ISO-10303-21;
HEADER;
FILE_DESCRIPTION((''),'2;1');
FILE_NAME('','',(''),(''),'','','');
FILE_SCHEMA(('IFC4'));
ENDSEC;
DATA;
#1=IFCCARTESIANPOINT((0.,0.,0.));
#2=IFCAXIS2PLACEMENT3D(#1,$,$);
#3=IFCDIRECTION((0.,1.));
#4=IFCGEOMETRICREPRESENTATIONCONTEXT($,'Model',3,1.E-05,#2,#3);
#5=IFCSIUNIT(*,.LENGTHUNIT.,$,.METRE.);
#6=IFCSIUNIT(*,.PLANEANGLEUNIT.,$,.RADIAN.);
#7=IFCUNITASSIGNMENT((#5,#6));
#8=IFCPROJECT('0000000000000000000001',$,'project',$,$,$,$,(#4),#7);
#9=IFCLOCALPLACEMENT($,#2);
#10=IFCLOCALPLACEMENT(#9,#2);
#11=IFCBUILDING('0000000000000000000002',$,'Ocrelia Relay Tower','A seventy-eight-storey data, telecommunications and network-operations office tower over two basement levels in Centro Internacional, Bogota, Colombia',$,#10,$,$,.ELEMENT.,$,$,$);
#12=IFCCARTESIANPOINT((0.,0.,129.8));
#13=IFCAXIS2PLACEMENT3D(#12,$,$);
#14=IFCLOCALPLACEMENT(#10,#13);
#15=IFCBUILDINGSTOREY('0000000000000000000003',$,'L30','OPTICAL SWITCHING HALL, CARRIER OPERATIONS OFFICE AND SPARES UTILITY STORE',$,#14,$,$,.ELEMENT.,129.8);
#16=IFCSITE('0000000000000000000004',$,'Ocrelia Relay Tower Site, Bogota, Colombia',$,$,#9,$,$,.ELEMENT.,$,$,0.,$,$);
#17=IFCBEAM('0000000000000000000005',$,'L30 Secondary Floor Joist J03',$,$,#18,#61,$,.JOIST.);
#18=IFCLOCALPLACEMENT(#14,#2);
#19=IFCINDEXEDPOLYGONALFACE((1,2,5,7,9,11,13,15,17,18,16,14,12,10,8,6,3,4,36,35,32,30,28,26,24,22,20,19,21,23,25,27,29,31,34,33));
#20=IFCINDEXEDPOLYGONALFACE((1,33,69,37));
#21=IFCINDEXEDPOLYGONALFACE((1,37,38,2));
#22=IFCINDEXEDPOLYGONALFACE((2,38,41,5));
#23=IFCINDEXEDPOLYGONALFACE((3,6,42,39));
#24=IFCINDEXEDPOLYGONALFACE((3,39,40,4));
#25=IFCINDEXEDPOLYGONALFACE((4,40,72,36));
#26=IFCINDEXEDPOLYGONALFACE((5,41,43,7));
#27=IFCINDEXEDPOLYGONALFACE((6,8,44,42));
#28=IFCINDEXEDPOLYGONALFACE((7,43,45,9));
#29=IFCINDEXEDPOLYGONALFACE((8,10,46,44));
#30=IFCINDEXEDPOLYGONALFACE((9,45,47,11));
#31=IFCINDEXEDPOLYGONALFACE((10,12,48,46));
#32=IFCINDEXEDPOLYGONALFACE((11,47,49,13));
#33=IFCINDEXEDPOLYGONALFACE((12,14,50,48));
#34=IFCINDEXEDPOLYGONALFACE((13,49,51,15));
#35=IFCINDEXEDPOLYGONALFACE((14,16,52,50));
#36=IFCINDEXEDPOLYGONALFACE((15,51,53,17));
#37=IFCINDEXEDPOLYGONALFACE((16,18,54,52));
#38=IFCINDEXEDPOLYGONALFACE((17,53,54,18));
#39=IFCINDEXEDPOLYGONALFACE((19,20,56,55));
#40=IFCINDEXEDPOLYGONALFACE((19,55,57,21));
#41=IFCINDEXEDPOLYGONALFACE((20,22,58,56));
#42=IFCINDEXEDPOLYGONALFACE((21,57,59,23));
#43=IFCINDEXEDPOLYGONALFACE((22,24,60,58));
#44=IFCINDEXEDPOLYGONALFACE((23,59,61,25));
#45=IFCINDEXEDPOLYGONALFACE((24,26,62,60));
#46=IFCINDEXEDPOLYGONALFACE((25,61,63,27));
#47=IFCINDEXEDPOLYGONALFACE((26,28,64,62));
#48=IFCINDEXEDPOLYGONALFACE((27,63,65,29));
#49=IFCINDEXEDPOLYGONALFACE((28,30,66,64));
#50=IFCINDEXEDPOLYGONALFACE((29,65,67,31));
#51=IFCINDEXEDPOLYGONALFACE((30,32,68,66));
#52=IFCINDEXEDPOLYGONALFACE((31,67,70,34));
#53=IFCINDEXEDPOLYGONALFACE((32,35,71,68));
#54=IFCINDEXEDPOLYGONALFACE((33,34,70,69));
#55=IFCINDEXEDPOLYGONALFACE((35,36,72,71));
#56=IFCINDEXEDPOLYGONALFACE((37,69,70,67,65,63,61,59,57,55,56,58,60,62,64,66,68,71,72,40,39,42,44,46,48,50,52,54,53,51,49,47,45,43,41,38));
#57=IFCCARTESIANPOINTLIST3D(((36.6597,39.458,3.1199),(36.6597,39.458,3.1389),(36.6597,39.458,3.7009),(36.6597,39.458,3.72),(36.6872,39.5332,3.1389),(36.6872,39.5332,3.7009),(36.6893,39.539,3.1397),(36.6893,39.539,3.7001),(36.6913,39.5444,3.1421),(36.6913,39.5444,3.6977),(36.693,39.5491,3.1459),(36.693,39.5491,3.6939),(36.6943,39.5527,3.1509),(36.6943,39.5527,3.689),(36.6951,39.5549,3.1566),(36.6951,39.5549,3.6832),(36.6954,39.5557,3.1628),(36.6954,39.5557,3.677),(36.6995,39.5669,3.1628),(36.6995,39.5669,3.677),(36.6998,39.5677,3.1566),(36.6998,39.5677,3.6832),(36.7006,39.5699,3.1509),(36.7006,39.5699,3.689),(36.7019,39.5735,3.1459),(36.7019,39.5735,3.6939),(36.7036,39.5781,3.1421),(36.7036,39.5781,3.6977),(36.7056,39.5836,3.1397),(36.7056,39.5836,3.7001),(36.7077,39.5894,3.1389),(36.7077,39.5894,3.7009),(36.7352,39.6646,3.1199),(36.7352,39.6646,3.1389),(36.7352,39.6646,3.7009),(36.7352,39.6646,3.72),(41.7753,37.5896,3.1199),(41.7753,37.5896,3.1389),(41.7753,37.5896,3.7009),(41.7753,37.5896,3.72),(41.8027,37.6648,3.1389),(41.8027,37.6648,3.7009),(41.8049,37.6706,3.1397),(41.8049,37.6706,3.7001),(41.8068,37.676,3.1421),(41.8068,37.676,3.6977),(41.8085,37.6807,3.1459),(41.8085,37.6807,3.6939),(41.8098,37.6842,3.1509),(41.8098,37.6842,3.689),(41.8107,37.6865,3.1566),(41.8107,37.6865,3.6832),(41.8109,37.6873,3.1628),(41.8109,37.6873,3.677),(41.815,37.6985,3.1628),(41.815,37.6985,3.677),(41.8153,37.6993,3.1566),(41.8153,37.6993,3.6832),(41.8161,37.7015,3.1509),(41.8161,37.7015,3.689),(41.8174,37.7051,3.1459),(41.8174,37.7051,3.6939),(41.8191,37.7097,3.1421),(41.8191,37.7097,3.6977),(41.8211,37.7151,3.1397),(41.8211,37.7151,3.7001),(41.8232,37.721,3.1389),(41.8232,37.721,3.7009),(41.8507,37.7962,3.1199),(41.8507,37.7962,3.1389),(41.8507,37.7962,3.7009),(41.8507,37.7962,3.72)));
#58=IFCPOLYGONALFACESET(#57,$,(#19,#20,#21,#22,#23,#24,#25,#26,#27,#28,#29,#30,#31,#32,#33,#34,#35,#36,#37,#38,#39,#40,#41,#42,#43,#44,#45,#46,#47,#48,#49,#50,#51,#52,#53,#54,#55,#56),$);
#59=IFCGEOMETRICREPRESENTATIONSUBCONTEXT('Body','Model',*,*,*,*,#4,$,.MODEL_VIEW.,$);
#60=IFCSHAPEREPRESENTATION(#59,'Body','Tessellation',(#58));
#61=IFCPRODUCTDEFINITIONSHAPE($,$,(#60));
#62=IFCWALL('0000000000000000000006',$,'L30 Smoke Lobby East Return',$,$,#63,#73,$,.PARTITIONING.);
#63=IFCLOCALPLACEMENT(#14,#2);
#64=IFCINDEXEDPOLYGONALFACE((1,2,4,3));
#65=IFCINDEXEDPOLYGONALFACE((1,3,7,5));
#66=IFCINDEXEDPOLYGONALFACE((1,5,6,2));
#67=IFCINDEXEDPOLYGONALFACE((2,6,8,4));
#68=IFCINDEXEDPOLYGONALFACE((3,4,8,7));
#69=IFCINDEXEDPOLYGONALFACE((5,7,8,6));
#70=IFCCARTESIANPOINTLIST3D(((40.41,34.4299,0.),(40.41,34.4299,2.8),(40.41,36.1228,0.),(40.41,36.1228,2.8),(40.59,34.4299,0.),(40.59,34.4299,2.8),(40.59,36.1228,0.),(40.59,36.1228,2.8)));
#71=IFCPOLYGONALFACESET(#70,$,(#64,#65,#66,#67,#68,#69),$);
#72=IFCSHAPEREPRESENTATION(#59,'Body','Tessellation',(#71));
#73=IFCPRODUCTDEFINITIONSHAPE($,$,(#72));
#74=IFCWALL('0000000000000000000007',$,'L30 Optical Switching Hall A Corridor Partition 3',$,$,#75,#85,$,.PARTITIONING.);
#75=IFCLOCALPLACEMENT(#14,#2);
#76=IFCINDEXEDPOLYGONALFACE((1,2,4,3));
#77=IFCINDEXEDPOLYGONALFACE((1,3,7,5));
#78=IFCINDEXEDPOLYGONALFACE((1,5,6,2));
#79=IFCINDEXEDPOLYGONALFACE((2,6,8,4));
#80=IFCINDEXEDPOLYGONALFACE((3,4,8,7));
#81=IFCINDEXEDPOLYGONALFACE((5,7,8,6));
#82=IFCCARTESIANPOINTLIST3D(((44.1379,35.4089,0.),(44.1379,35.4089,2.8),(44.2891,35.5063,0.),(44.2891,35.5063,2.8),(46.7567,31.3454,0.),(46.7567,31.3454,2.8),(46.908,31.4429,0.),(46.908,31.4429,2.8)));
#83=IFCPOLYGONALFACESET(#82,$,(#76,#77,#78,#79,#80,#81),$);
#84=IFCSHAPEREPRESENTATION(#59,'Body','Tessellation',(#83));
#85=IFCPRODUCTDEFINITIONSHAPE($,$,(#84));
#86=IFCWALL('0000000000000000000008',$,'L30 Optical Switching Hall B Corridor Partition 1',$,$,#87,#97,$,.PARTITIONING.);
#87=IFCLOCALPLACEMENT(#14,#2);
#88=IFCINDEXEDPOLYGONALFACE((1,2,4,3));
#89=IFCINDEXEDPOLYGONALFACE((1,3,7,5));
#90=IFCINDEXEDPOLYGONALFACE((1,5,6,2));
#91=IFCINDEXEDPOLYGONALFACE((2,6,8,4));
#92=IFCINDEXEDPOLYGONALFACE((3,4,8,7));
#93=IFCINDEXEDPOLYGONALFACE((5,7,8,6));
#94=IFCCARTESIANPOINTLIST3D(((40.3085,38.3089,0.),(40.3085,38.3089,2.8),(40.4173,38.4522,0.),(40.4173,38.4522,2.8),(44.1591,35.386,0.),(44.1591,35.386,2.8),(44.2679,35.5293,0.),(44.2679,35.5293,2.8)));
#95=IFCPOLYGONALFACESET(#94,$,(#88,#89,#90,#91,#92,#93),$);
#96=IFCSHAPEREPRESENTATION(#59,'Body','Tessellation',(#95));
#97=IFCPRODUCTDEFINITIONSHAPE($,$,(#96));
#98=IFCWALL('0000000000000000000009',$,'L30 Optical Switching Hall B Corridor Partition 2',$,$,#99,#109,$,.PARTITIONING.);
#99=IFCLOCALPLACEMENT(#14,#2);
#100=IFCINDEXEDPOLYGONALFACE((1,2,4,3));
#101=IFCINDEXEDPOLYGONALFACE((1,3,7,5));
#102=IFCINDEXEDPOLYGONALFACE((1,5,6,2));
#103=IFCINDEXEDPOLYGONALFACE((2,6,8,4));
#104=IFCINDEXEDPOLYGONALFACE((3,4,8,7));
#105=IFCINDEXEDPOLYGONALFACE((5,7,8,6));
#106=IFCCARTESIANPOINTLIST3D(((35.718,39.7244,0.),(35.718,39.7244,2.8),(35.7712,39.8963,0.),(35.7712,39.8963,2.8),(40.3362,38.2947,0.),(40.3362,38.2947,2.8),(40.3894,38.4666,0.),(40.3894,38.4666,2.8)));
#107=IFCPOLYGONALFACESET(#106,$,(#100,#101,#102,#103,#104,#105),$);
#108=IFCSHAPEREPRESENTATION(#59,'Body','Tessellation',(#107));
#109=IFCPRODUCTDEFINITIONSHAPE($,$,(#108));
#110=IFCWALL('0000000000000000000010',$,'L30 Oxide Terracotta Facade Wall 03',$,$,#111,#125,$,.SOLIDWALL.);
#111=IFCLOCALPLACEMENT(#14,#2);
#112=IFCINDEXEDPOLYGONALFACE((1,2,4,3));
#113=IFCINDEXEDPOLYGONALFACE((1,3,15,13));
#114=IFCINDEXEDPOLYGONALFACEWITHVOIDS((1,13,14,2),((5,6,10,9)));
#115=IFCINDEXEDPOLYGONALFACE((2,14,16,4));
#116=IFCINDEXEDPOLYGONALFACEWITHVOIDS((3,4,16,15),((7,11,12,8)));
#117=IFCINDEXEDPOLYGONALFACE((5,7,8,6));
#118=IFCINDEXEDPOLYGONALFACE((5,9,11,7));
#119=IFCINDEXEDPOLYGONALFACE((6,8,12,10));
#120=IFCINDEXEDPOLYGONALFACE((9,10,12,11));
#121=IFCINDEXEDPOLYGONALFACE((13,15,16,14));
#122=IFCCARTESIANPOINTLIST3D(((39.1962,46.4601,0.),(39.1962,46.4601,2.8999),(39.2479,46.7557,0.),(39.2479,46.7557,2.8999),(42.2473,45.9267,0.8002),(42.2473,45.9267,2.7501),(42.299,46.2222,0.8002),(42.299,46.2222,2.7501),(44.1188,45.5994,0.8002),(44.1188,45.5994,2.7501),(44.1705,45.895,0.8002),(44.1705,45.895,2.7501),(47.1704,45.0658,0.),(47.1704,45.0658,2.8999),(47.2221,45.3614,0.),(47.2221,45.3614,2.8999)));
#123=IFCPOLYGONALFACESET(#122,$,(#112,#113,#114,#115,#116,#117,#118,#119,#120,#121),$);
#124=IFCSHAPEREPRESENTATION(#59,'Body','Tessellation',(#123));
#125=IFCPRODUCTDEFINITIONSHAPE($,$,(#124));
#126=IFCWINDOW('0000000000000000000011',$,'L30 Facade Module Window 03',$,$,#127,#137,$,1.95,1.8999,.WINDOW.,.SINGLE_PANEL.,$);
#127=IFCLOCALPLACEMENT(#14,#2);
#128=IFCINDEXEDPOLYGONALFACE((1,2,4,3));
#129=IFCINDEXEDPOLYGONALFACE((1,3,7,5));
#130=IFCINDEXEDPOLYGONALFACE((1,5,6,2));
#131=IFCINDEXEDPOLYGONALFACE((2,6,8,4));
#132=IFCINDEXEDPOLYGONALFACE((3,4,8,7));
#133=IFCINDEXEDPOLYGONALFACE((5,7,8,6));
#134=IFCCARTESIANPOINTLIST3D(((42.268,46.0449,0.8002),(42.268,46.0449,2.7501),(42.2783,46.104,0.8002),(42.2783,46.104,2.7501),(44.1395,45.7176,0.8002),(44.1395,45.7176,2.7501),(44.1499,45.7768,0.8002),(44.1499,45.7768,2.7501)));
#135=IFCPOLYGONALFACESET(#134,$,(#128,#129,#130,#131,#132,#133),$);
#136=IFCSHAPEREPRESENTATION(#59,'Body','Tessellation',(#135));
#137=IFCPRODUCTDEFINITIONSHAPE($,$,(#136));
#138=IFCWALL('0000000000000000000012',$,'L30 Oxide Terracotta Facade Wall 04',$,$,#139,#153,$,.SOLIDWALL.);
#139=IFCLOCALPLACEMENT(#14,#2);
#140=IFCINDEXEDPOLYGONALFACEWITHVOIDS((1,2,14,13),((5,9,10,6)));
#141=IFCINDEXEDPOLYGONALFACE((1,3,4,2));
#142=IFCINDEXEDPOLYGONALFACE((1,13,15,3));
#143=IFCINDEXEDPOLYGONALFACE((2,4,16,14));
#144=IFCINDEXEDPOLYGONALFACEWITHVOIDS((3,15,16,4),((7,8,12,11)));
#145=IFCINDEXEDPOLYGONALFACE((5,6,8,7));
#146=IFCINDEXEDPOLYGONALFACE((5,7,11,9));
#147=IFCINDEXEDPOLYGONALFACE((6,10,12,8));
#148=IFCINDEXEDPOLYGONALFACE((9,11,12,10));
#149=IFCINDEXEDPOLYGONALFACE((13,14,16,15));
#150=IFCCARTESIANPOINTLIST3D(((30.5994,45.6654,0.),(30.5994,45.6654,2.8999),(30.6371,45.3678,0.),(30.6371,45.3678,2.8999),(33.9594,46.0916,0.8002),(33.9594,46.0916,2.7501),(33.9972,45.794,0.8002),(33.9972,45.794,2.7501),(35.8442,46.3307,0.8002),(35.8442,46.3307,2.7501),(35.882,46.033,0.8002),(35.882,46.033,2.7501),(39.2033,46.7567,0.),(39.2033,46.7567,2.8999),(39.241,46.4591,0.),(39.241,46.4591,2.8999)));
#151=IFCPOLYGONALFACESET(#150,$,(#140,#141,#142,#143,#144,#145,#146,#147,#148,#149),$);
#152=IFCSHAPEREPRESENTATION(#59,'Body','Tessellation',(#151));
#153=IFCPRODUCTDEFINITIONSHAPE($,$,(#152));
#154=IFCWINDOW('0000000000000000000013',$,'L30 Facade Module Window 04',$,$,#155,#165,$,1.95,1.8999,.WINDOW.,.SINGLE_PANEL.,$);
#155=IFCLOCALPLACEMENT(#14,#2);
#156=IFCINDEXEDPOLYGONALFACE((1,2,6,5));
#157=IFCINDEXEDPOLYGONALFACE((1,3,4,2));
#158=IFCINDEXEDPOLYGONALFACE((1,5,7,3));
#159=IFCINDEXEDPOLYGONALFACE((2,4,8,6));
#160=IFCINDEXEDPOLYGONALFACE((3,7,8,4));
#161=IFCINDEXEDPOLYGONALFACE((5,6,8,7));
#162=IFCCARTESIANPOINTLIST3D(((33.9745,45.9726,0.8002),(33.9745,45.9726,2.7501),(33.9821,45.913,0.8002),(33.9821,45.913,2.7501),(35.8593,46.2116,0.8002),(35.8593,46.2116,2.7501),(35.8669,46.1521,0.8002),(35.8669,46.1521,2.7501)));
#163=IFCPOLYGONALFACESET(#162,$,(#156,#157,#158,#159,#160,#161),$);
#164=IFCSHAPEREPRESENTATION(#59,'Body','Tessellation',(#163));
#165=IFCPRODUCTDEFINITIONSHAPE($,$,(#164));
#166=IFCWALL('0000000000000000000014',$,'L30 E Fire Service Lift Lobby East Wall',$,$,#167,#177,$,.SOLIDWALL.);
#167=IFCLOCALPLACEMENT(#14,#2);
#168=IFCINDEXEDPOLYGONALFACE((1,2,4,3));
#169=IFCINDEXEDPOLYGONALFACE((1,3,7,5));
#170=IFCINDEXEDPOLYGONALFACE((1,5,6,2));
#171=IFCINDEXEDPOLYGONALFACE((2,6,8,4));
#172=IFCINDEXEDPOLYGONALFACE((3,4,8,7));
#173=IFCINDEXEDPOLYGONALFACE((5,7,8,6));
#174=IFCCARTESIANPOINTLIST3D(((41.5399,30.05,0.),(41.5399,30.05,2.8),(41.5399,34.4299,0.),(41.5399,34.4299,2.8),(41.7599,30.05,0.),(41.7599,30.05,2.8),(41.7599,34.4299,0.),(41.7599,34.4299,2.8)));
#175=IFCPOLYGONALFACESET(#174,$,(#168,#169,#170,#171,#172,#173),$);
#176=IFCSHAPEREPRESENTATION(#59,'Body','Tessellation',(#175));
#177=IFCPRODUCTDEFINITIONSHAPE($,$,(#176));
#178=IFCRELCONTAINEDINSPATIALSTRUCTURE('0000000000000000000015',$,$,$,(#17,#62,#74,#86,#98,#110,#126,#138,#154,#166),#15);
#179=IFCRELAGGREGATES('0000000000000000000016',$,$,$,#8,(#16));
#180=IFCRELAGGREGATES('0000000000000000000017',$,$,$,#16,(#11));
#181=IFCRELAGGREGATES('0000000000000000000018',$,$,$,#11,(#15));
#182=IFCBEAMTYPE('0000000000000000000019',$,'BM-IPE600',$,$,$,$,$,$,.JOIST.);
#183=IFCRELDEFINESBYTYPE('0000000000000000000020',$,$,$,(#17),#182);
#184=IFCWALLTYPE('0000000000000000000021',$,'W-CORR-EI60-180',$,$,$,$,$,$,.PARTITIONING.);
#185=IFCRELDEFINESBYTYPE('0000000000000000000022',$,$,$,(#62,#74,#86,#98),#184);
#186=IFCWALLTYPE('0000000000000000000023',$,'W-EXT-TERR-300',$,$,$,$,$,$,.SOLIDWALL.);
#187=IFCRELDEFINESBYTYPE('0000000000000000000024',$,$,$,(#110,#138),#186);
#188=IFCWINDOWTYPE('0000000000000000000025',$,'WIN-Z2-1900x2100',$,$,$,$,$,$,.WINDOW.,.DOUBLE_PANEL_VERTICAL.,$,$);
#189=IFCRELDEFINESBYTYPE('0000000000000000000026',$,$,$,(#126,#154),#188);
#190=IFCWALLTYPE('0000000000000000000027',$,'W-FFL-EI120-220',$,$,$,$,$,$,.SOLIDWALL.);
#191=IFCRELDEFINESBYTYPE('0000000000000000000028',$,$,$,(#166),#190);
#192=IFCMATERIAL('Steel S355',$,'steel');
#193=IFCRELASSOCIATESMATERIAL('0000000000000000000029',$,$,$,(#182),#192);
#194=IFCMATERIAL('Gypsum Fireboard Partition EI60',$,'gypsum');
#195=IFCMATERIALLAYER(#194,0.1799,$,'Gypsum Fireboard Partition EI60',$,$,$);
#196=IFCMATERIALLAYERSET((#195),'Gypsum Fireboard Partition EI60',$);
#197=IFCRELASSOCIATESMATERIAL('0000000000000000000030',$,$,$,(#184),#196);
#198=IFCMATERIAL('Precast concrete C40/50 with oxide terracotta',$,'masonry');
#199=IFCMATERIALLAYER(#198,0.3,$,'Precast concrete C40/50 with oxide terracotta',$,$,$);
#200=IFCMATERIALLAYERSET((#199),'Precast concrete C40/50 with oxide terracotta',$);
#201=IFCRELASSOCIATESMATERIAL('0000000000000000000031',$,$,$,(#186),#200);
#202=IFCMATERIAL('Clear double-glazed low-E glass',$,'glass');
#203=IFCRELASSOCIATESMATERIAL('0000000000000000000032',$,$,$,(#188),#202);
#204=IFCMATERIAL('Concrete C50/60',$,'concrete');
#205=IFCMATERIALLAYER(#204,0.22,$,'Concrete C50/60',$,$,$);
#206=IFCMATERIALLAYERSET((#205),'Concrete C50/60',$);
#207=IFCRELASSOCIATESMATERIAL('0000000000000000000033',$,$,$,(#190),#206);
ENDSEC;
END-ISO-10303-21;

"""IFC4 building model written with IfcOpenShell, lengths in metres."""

from ifc_helpers import new_model, si_unit, direction, frame, frame_2d, origin, origin_2d, place, context, subcontext, project, spatial, rectangle, i_section, extrude, material, layer, layer_set, material_profile, profile_set, type_object, element, fill, save


model = new_model("IFC4")

# Units and contexts
model_context = context("Model", 3, precision=1e-05, world=origin(), true_north=direction((0.0, 1.0)))
body_context = subcontext(model_context, "Body", "Model", "MODEL_VIEW")
ifc_project = project(units=[si_unit("LENGTHUNIT", "METRE"), si_unit("PLANEANGLEUNIT", "RADIAN")], contexts=[model_context])

# Site, building, storey
site_placement = place(None, origin())
site = spatial("IfcSite", under=ifc_project, at=site_placement, Name="Ocrelia Relay Tower Site, Bogota, Colombia", CompositionType="ELEMENT", RefElevation=0.0)
building_placement = place(site_placement, origin())
building = spatial("IfcBuilding", under=site, at=building_placement, Name="Ocrelia Relay Tower", Description="A seventy-eight-storey data, telecommunications and network-operations office tower over two basement levels in Centro Internacional, Bogota, Colombia", CompositionType="ELEMENT")
storey_placement = place(building_placement, frame((0.0, 0.0, 129.8)))
storey = spatial("IfcBuildingStorey", under=building, at=storey_placement, Name="L30", Description="OPTICAL SWITCHING HALL, CARRIER OPERATIONS OFFICE AND SPARES UTILITY STORE", CompositionType="ELEMENT", Elevation=129.8)

# Beam
ifc_material_1 = material(Name="Steel S355", Category="steel")
ifc_material_profile_1 = material_profile(ifc_material_1, i_section(OverallWidth=0.22, OverallDepth=0.6001, WebThickness=0.012, FlangeThickness=0.019, FilletRadius=0.0239, at=origin_2d()), Name="IPE 600")
ifc_profile_set_1 = profile_set([ifc_material_profile_1], Name="Steel S355")
beam_type_1 = type_object("IfcBeamType", Name="BM-IPE600", PredefinedType="JOIST", material=ifc_profile_set_1)
beam_1_placement = place(storey_placement, frame((41.813, 37.6929, 3.4199), z_axis=(-0.939307, 0.343078, 0.0), x_axis=(-0.343078, -0.939307, 0.0)))
element("IfcBeam", 1, at=beam_1_placement, inside=storey, type_object=beam_type_1, Name="L30 Secondary Floor Joist J03", PredefinedType="JOIST", context=body_context, shape_type="SweptSolid", body=[
    extrude(i_section(OverallWidth=0.22, OverallDepth=0.6001, WebThickness=0.012, FlangeThickness=0.019, FilletRadius=0.0239, at=origin_2d()), origin(), (0.0, 0.0, 1.0), 5.446),
])

# Walls
ifc_material_2 = material(Name="Gypsum Fireboard Partition EI60", Category="gypsum")
ifc_layer_1 = layer(ifc_material_2, 0.1799, Name="Gypsum Fireboard Partition EI60")
ifc_layer_set_1 = layer_set([ifc_layer_1], Name="Gypsum Fireboard Partition EI60")
wall_type_1 = type_object("IfcWallType", Name="W-CORR-EI60-180", PredefinedType="PARTITIONING", material=ifc_layer_set_1)
wall_1_placement = place(storey_placement, frame((40.5, 36.1228, 0.0), z_axis=(0.0, 0.0, 1.0), x_axis=(0.0, -1.0, 0.0)))
element("IfcWall", 2, at=wall_1_placement, inside=storey, type_object=wall_type_1, Name="L30 Smoke Lobby East Return", PredefinedType="PARTITIONING", context=body_context, shape_type="SweptSolid", body=[
    extrude(rectangle(XDim=1.6929, YDim=0.1799, at=frame_2d((0.8464, 0.0))), origin(), (0.0, 0.0, 1.0), 2.8),
])
for number, where, z_axis, x_axis, name in (
    (3, (46.8323, 31.3943, 0.0), (0.0, 0.0, 1.0), (-0.541732, 0.840551, 0.0), "L30 Optical Switching Hall A Corridor Partition 3"),
    (4, (44.2134, 35.4578, 0.0), (0.0, 0.0, 1.0), (-0.79652, 0.604612, 0.0), "L30 Optical Switching Hall B Corridor Partition 1"),
):
    element("IfcWall", number, at=place(storey_placement, frame(where, z_axis=z_axis, x_axis=x_axis)), inside=storey, type_object=wall_type_1, Name=name, PredefinedType="PARTITIONING", context=body_context, shape_type="SweptSolid", body=[
        extrude(rectangle(XDim=4.8342, YDim=0.1799, at=frame_2d((2.417, 0.0))), origin(), (0.0, 0.0, 1.0), 2.8),
    ])
wall_2_placement = place(storey_placement, frame((40.3628, 38.3806, 0.0), z_axis=(0.0, 0.0, 1.0), x_axis=(-0.955271, 0.295732, 0.0)))
element("IfcWall", 5, at=wall_2_placement, inside=storey, type_object=wall_type_1, Name="L30 Optical Switching Hall B Corridor Partition 2", PredefinedType="PARTITIONING", context=body_context, shape_type="SweptSolid", body=[
    extrude(rectangle(XDim=4.8345, YDim=0.1799, at=frame_2d((2.4172, 0.0))), origin(), (0.0, 0.0, 1.0), 2.8),
])

# Walls, openings, windows
ifc_material_3 = material(Name="Precast concrete C40/50 with oxide terracotta", Category="masonry")
ifc_layer_2 = layer(ifc_material_3, 0.3, Name="Precast concrete C40/50 with oxide terracotta")
ifc_layer_set_2 = layer_set([ifc_layer_2], Name="Precast concrete C40/50 with oxide terracotta")
wall_type_2 = type_object("IfcWallType", Name="W-EXT-TERR-300", PredefinedType="SOLIDWALL", material=ifc_layer_set_2)
wall_3_placement = place(storey_placement, frame((47.1963, 45.2136, 0.0), z_axis=(0.0, 0.0, 1.0), x_axis=(-0.985055, 0.172238, 0.0)))
wall_3 = element("IfcWall", 6, at=wall_3_placement, inside=storey, type_object=wall_type_2, Name="L30 Oxide Terracotta Facade Wall 03", PredefinedType="SOLIDWALL", context=body_context, shape_type="SweptSolid", body=[
    extrude(rectangle(XDim=8.0952, YDim=0.3, at=frame_2d((4.0476, 0.0))), origin(), (0.0, 0.0, 1.0), 2.8999),
])
opening_1_placement = place(wall_3_placement, frame((3.0979, 0.0, 0.8)))
opening_1 = element("IfcOpeningElement", 7, at=opening_1_placement, cuts=wall_3, PredefinedType="OPENING", context=body_context, shape_type="SweptSolid", body=[
    extrude(rectangle(XDim=1.8999, YDim=1.95, at=frame_2d((0.95, 0.9751))), frame((0.0, 0.1602, 0.0), z_axis=(0.0, -1.0, 0.0), x_axis=(1.0, 0.0, 0.0)), (0.0, 0.0, 1.0), 0.3201),
])
ifc_material_4 = material(Name="Clear double-glazed low-E glass", Category="glass")
window_type = type_object("IfcWindowType", Name="WIN-Z2-1900x2100", PartitioningType="DOUBLE_PANEL_VERTICAL", PredefinedType="WINDOW", material=ifc_material_4)
window_1_placement = place(opening_1_placement, origin())
window_1 = element("IfcWindow", 8, at=window_1_placement, inside=storey, type_object=window_type, Name="L30 Facade Module Window 03", OverallHeight=1.95, OverallWidth=1.8999, PartitioningType="SINGLE_PANEL", PredefinedType="WINDOW", context=body_context, shape_type="SweptSolid", body=[
    extrude(rectangle(XDim=1.8999, YDim=1.95, at=frame_2d((0.95, 0.9751))), frame((0.0, 0.03, 0.0), z_axis=(0.0, -1.0, 0.0), x_axis=(1.0, 0.0, 0.0)), (0.0, 0.0, 1.0), 0.0601),
])
fill(opening_1, window_1)
wall_4_placement = place(storey_placement, frame((39.2222, 46.6079, 0.0), z_axis=(0.0, 0.0, 1.0), x_axis=(-0.992052, -0.125829, 0.0)))
wall_4 = element("IfcWall", 9, at=wall_4_placement, inside=storey, type_object=wall_type_2, Name="L30 Oxide Terracotta Facade Wall 04", PredefinedType="SOLIDWALL", context=body_context, shape_type="SweptSolid", body=[
    extrude(rectangle(XDim=8.6729, YDim=0.3, at=frame_2d((4.3364, 0.0))), origin(), (0.0, 0.0, 1.0), 2.8999),
])
opening_2_placement = place(wall_4_placement, frame((3.386, 0.0, 0.8)))
opening_2 = element("IfcOpeningElement", 10, at=opening_2_placement, cuts=wall_4, PredefinedType="OPENING", context=body_context, shape_type="SweptSolid", body=[
    extrude(rectangle(XDim=1.8999, YDim=1.95, at=frame_2d((0.95, 0.9751))), frame((0.0, 0.1602, 0.0), z_axis=(0.0, -1.0, 0.0), x_axis=(1.0, 0.0, 0.0)), (0.0, 0.0, 1.0), 0.3201),
])
window_2_placement = place(opening_2_placement, origin())
window_2 = element("IfcWindow", 11, at=window_2_placement, inside=storey, type_object=window_type, Name="L30 Facade Module Window 04", OverallHeight=1.95, OverallWidth=1.8999, PartitioningType="SINGLE_PANEL", PredefinedType="WINDOW", context=body_context, shape_type="SweptSolid", body=[
    extrude(rectangle(XDim=1.8999, YDim=1.95, at=frame_2d((0.95, 0.9751))), frame((0.0, 0.03, 0.0), z_axis=(0.0, -1.0, 0.0), x_axis=(1.0, 0.0, 0.0)), (0.0, 0.0, 1.0), 0.0601),
])
fill(opening_2, window_2)

# Wall
ifc_material_5 = material(Name="Concrete C50/60", Category="concrete")
ifc_layer_3 = layer(ifc_material_5, 0.22, Name="Concrete C50/60")
ifc_layer_set_3 = layer_set([ifc_layer_3], Name="Concrete C50/60")
wall_type_3 = type_object("IfcWallType", Name="W-FFL-EI120-220", PredefinedType="SOLIDWALL", material=ifc_layer_set_3)
wall_5_placement = place(storey_placement, frame((41.6499, 30.05, 0.0), z_axis=(0.0, 0.0, 1.0), x_axis=(0.0, 1.0, 0.0)))
element("IfcWall", 12, at=wall_5_placement, inside=storey, type_object=wall_type_3, Name="L30 E Fire Service Lift Lobby East Wall", PredefinedType="SOLIDWALL", context=body_context, shape_type="SweptSolid", body=[
    extrude(rectangle(XDim=4.3799, YDim=0.22, at=frame_2d((2.1899, 0.0))), origin(), (0.0, 0.0, 1.0), 2.8),
])

save(model, "model.ifc")
